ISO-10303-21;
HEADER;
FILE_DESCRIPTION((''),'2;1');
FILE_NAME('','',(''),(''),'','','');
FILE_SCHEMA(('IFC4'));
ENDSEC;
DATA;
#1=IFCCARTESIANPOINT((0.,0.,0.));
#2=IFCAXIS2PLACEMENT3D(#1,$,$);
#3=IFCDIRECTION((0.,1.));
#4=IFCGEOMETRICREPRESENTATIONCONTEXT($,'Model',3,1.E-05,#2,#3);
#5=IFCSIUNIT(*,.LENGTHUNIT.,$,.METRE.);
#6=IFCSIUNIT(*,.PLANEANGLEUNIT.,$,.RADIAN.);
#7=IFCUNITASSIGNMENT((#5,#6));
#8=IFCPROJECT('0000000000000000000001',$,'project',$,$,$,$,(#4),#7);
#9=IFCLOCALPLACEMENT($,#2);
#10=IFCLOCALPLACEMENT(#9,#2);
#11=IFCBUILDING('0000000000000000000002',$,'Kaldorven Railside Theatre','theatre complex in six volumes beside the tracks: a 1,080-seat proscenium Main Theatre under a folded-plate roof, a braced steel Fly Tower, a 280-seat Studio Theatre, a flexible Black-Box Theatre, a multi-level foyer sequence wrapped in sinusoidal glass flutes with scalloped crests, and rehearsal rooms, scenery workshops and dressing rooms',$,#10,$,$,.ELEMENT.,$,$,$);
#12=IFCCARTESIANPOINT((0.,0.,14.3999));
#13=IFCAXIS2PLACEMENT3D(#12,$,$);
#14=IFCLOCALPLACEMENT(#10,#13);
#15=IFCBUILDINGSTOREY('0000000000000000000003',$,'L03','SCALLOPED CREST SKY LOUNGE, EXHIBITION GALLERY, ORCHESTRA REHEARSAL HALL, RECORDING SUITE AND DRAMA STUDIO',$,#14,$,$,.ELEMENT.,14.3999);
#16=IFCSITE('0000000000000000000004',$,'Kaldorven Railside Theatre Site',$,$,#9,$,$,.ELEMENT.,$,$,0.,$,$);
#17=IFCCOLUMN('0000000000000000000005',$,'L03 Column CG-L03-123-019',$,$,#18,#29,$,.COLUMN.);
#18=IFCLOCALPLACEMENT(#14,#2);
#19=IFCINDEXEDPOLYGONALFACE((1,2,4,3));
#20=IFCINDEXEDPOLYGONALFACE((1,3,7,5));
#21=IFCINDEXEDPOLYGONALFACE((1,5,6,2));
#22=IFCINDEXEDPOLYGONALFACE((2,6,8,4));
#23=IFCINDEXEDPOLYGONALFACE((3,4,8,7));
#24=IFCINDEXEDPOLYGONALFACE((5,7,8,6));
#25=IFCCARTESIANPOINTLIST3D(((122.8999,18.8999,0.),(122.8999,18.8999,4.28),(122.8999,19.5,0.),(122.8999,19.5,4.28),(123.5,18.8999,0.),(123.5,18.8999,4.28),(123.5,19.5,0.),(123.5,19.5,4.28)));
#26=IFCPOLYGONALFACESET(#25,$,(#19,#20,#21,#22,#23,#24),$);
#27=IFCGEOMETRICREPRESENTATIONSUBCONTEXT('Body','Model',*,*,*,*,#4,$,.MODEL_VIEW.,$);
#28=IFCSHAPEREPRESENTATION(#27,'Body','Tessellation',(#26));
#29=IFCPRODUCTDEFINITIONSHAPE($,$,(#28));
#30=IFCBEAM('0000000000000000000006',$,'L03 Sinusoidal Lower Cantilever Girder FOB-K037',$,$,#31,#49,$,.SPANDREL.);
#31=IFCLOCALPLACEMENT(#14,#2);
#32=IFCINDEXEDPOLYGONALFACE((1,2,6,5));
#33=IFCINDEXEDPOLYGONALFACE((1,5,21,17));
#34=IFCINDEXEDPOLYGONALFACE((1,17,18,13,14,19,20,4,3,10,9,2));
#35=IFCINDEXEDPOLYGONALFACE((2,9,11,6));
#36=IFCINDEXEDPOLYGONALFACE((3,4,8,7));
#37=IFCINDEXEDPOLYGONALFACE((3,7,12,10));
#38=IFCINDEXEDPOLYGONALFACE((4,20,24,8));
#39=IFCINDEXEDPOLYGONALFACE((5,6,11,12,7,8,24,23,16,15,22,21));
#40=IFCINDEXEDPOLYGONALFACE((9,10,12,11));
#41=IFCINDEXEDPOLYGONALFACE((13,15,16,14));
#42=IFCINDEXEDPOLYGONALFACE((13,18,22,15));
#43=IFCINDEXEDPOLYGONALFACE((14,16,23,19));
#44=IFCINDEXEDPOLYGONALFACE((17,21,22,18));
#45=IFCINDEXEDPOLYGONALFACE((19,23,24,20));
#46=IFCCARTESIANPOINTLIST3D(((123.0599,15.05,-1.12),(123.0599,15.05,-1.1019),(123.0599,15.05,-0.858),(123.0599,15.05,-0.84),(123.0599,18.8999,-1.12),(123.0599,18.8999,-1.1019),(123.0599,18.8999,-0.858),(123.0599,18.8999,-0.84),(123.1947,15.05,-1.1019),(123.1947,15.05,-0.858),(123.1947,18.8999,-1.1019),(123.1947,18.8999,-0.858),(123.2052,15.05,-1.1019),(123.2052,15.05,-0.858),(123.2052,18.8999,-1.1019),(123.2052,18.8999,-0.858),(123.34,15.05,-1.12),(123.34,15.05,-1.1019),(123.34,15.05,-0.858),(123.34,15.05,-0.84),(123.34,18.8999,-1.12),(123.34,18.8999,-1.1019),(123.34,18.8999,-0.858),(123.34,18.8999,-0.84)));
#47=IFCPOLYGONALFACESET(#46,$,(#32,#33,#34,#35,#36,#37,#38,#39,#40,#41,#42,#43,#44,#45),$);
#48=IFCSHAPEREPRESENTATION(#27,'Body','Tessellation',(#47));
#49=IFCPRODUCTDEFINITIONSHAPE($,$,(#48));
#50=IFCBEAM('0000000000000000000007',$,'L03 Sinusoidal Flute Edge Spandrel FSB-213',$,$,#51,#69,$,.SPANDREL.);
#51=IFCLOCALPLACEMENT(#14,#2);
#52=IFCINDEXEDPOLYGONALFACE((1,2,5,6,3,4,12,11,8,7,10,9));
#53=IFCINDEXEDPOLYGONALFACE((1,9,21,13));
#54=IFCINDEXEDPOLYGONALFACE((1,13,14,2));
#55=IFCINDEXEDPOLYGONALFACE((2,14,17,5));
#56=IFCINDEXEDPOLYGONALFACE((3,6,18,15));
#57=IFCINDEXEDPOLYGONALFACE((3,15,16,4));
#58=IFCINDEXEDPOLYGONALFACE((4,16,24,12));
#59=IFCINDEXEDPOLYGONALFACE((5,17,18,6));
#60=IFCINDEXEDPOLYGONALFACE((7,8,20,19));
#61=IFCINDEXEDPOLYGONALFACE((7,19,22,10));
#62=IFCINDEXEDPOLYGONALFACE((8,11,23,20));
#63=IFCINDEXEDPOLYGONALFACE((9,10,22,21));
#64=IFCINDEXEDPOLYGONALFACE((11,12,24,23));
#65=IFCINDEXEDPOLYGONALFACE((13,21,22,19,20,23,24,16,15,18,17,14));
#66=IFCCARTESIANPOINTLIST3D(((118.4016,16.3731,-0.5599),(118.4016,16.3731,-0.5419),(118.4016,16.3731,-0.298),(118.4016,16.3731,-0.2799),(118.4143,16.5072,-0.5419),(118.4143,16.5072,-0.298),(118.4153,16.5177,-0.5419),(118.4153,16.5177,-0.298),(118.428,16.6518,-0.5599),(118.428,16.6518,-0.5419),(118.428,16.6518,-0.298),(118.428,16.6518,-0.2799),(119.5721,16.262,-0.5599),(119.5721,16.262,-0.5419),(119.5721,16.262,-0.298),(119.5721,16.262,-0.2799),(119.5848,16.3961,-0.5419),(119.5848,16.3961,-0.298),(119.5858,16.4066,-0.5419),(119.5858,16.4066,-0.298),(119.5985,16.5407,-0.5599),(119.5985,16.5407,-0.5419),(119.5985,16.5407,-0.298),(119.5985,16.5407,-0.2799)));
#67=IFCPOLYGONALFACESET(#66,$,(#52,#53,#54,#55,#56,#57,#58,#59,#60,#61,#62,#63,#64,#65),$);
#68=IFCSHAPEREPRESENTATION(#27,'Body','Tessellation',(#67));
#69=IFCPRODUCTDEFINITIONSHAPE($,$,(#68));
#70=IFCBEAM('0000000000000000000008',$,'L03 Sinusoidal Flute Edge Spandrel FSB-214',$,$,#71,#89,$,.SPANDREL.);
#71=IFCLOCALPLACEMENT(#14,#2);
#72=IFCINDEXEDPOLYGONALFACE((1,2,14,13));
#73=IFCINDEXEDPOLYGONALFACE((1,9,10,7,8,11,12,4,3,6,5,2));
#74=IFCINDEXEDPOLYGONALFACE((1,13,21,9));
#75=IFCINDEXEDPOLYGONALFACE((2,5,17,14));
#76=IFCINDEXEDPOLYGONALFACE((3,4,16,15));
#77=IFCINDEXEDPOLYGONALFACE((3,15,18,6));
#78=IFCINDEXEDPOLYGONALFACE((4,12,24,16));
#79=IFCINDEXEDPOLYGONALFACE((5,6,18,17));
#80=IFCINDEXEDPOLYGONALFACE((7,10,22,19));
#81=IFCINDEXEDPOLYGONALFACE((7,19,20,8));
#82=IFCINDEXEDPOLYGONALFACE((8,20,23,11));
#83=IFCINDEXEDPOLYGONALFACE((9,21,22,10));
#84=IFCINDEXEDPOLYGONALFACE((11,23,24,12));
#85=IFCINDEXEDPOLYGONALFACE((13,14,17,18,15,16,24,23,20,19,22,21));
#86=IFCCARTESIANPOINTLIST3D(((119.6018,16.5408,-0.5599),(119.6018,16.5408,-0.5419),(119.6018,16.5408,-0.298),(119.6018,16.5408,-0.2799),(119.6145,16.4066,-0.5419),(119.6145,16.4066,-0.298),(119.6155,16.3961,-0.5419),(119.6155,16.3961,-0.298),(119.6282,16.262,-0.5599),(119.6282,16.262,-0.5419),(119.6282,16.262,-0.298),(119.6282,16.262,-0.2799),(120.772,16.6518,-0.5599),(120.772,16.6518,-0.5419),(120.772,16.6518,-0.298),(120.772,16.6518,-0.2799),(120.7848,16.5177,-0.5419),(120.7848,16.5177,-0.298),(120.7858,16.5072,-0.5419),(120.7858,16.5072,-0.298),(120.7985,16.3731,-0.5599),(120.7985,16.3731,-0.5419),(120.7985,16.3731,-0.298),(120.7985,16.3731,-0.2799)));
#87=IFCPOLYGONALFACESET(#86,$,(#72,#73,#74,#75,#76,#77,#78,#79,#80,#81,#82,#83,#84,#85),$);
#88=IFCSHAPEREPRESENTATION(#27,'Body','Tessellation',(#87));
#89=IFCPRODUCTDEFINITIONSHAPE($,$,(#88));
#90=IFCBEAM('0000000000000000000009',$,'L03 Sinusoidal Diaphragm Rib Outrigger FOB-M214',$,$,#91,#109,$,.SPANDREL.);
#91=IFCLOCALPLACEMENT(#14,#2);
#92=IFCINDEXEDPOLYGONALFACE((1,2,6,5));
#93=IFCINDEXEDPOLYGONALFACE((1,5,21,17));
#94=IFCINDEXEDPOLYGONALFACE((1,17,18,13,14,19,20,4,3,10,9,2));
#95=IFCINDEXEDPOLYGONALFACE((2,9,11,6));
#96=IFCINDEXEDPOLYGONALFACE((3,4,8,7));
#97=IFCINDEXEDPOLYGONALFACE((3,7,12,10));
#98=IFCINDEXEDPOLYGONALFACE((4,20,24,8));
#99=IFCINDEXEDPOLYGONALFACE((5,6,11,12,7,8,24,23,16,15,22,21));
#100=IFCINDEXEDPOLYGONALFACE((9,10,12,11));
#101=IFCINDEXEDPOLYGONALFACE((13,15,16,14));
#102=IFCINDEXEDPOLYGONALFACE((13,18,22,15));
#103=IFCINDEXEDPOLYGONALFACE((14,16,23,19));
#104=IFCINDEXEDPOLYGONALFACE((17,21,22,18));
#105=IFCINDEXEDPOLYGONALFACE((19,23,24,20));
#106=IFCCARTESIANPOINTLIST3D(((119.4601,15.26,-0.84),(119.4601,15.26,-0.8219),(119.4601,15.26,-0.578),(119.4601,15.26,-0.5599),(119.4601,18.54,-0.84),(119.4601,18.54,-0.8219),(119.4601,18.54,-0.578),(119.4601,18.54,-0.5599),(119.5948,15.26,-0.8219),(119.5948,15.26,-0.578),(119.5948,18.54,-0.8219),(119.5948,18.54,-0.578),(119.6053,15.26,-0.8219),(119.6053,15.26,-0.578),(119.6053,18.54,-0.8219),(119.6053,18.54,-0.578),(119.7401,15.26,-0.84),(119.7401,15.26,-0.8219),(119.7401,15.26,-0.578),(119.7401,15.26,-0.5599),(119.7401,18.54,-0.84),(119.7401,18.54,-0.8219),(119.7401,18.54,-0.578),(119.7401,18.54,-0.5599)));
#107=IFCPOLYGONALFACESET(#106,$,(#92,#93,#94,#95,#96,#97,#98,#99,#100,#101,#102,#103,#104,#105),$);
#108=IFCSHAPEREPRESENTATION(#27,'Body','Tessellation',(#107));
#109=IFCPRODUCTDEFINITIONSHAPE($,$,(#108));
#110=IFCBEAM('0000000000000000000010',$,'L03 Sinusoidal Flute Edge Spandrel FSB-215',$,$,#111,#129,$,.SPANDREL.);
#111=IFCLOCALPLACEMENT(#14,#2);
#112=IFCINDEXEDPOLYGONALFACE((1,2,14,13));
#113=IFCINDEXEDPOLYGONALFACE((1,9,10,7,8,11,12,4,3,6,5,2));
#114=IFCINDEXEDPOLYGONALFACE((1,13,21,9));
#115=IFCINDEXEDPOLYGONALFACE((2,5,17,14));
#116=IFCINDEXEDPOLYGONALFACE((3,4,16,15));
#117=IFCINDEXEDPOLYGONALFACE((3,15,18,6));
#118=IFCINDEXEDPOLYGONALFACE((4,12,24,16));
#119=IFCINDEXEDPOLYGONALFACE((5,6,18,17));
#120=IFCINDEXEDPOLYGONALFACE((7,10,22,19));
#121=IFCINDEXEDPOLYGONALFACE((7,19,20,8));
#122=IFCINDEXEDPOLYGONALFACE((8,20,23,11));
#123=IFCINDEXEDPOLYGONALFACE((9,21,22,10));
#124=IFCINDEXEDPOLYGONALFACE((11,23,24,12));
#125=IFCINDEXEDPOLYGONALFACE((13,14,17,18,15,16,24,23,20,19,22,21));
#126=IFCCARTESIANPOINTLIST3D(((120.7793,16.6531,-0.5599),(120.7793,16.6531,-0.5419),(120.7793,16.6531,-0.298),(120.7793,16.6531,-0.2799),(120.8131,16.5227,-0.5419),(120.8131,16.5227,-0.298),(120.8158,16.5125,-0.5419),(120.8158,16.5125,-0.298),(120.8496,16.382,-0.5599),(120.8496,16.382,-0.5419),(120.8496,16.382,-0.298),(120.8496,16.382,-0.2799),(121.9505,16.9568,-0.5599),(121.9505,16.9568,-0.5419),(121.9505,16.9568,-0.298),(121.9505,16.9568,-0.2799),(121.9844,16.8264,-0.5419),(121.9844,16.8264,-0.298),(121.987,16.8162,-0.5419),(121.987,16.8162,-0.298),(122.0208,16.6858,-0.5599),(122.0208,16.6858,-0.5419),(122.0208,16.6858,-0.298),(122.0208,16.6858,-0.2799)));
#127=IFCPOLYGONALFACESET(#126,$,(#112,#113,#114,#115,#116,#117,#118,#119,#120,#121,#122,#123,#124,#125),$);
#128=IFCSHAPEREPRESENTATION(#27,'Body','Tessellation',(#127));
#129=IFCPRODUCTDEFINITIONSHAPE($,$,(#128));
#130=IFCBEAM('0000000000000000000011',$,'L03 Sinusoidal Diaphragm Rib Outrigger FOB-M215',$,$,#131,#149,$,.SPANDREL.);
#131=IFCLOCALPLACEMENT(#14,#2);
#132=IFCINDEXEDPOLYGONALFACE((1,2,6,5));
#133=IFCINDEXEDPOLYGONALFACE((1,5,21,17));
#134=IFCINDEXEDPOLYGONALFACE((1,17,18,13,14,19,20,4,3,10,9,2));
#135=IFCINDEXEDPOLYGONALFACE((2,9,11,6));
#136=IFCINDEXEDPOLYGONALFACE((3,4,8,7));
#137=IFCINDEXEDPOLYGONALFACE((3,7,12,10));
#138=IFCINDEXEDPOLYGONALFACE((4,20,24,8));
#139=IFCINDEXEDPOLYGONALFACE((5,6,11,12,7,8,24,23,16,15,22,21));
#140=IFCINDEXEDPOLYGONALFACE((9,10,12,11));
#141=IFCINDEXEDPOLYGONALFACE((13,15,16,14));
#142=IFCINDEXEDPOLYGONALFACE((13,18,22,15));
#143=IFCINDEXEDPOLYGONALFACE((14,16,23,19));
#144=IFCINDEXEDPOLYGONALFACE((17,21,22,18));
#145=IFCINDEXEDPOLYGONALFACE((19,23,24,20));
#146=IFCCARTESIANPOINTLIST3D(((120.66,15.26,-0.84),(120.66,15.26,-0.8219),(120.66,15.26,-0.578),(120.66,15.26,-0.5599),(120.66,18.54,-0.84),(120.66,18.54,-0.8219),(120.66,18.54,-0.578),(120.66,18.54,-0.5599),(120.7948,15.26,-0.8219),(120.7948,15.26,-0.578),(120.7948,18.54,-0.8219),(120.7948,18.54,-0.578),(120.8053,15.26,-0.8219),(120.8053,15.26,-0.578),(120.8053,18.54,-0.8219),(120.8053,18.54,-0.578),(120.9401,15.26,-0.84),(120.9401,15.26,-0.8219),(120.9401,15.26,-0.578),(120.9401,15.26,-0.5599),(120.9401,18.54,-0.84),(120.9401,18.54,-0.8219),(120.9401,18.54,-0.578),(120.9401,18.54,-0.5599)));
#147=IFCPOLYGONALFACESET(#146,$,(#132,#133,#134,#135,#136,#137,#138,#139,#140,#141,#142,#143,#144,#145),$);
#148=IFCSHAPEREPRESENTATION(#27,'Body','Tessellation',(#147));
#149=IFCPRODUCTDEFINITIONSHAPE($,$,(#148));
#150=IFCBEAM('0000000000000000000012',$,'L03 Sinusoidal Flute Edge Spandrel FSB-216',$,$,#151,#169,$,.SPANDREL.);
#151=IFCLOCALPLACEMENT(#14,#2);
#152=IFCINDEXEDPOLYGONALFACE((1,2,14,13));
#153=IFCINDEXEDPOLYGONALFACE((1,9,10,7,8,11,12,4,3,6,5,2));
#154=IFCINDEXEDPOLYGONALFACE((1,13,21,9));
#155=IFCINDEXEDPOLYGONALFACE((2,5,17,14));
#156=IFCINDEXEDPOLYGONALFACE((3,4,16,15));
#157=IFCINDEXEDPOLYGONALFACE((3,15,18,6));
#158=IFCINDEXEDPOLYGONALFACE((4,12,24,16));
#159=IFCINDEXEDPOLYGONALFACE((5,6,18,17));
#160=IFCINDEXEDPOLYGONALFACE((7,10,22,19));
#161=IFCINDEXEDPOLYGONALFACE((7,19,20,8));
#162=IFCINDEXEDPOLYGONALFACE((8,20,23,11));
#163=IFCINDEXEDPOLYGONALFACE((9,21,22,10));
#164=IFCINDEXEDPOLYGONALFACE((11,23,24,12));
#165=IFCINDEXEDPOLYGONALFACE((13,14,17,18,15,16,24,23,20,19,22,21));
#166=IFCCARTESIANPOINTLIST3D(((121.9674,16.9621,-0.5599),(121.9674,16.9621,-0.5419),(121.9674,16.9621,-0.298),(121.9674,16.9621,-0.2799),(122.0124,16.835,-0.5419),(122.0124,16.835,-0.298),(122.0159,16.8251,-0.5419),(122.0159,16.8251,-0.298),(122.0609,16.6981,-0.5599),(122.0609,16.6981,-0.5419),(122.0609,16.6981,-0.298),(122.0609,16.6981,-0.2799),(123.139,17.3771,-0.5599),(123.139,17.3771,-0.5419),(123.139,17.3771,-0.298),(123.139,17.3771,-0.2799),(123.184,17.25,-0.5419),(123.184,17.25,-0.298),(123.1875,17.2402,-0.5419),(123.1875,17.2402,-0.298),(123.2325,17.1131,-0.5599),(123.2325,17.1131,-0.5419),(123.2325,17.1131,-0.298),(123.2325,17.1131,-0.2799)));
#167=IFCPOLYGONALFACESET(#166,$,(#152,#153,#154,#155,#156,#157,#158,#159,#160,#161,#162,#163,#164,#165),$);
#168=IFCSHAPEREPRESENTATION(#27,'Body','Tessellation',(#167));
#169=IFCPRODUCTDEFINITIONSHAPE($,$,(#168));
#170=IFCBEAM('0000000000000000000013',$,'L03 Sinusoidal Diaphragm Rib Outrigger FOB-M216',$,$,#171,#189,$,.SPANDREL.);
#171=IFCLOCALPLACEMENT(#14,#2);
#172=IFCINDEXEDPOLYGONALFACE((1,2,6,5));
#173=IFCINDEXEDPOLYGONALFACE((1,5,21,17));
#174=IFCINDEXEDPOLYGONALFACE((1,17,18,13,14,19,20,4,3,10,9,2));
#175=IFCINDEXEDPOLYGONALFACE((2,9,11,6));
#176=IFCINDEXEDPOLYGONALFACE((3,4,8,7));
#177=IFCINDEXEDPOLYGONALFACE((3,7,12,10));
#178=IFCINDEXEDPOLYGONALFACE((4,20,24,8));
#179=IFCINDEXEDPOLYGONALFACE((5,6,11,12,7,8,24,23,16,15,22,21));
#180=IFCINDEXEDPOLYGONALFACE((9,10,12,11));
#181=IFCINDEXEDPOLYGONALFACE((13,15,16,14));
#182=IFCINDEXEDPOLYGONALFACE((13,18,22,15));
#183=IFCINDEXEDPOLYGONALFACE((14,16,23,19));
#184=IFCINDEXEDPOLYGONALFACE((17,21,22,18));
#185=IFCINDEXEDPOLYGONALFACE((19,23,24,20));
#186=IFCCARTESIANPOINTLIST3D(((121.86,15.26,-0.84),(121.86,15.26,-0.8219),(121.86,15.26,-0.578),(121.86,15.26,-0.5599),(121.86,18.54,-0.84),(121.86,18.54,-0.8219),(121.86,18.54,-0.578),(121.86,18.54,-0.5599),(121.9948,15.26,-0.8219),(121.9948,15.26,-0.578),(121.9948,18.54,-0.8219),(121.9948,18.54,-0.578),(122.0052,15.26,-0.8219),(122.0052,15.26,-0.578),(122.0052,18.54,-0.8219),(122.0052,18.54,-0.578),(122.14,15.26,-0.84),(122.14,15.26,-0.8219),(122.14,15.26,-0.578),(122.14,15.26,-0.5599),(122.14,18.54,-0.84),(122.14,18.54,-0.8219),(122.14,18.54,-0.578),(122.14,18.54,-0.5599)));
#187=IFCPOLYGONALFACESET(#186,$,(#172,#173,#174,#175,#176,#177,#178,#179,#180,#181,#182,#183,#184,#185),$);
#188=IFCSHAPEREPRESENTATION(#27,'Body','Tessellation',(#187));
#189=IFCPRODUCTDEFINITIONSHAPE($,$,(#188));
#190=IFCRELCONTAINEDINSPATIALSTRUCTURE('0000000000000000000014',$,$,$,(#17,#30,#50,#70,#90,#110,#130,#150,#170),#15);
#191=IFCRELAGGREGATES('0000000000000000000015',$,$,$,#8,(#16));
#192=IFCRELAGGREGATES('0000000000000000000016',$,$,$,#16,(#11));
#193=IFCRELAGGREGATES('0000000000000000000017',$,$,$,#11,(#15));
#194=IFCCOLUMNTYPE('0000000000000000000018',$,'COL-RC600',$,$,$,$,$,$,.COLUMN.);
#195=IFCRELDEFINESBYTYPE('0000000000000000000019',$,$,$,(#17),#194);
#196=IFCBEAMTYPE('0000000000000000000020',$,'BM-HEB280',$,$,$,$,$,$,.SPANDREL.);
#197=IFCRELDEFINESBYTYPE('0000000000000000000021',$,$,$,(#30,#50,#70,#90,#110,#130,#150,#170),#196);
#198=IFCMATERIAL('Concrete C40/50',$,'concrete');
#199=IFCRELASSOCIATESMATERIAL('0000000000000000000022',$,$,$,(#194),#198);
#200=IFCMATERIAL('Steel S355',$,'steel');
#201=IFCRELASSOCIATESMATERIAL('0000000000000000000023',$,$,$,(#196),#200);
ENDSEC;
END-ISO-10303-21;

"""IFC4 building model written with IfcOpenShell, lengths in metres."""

from ifc_helpers import new_model, si_unit, direction, frame, origin, origin_2d, place, context, subcontext, project, spatial, rectangle, i_section, extrude, material, material_profile, profile_set, type_object, element, save


model = new_model("IFC4")

# Units and contexts
model_context = context("Model", 3, precision=1e-05, world=origin(), true_north=direction((0.0, 1.0)))
body_context = subcontext(model_context, "Body", "Model", "MODEL_VIEW")
ifc_project = project(units=[si_unit("LENGTHUNIT", "METRE"), si_unit("PLANEANGLEUNIT", "RADIAN")], contexts=[model_context])

# Site, building, storey
site_placement = place(None, origin())
site = spatial("IfcSite", under=ifc_project, at=site_placement, Name="Kaldorven Railside Theatre Site", CompositionType="ELEMENT", RefElevation=0.0)
building_placement = place(site_placement, origin())
building = spatial("IfcBuilding", under=site, at=building_placement, Name="Kaldorven Railside Theatre", Description="theatre complex in six volumes beside the tracks: a 1,080-seat proscenium Main Theatre under a folded-plate roof, a braced steel Fly Tower, a 280-seat Studio Theatre, a flexible Black-Box Theatre, a multi-level foyer sequence wrapped in sinusoidal glass flutes with scalloped crests, and rehearsal rooms, scenery workshops and dressing rooms", CompositionType="ELEMENT")
storey_placement = place(building_placement, frame((0.0, 0.0, 14.3999)))
storey = spatial("IfcBuildingStorey", under=building, at=storey_placement, Name="L03", Description="SCALLOPED CREST SKY LOUNGE, EXHIBITION GALLERY, ORCHESTRA REHEARSAL HALL, RECORDING SUITE AND DRAMA STUDIO", CompositionType="ELEMENT", Elevation=14.3999)

# Column
ifc_material_1 = material(Name="Concrete C40/50", Category="concrete")
ifc_material_profile_1 = material_profile(ifc_material_1, rectangle(XDim=0.6001, YDim=0.6001, at=origin_2d()), Name="RC 600x600")
ifc_profile_set_1 = profile_set([ifc_material_profile_1], Name="Concrete C40/50")
column_type = type_object("IfcColumnType", Name="COL-RC600", PredefinedType="COLUMN", material=ifc_profile_set_1)
column_placement = place(storey_placement, frame((123.2, 19.2, 0.0), z_axis=(0.0, 0.0, 1.0), x_axis=(1.0, 0.0, 0.0)))
element("IfcColumn", 1, at=column_placement, inside=storey, type_object=column_type, Name="L03 Column CG-L03-123-019", PredefinedType="COLUMN", context=body_context, shape_type="SweptSolid", body=[
    extrude(rectangle(XDim=0.6001, YDim=0.6001, at=origin_2d()), origin(), (0.0, 0.0, 1.0), 4.28),
])

# Beams
ifc_material_2 = material(Name="Steel S355", Category="steel")
ifc_material_profile_2 = material_profile(ifc_material_2, i_section(OverallWidth=0.28, OverallDepth=0.28, WebThickness=0.0105, FlangeThickness=0.0181, at=origin_2d()), Name="HEB 280")
ifc_profile_set_2 = profile_set([ifc_material_profile_2], Name="Steel S355")
beam_type_1 = type_object("IfcBeamType", Name="BM-HEB280", PredefinedType="SPANDREL", material=ifc_profile_set_2)
beam_1_placement = place(storey_placement, frame((123.2, 15.05, -0.98), z_axis=(0.0, 1.0, 0.0), x_axis=(-1.0, 0.0, 0.0)))
element("IfcBeam", 2, at=beam_1_placement, inside=storey, type_object=beam_type_1, Name="L03 Sinusoidal Lower Cantilever Girder FOB-K037", PredefinedType="SPANDREL", context=body_context, shape_type="SweptSolid", body=[
    extrude(i_section(OverallWidth=0.28, OverallDepth=0.28, WebThickness=0.0105, FlangeThickness=0.0181, at=origin_2d()), origin(), (0.0, 0.0, 1.0), 3.8499),
])
beam_2_placement = place(storey_placement, frame((118.4148, 16.5125, -0.4199), z_axis=(0.995526, -0.094486, 0.0), x_axis=(0.094486, 0.995526, 0.0)))
element("IfcBeam", 3, at=beam_2_placement, inside=storey, type_object=beam_type_1, Name="L03 Sinusoidal Flute Edge Spandrel FSB-213", PredefinedType="SPANDREL", context=body_context, shape_type="SweptSolid", body=[
    extrude(i_section(OverallWidth=0.28, OverallDepth=0.28, WebThickness=0.0105, FlangeThickness=0.0181, at=origin_2d()), origin(), (0.0, 0.0, 1.0), 1.1758),
])
beam_3_placement = place(storey_placement, frame((119.615, 16.4014, -0.4199), z_axis=(0.995524, 0.094505, 0.0), x_axis=(-0.094505, 0.995524, 0.0)))
element("IfcBeam", 4, at=beam_3_placement, inside=storey, type_object=beam_type_1, Name="L03 Sinusoidal Flute Edge Spandrel FSB-214", PredefinedType="SPANDREL", context=body_context, shape_type="SweptSolid", body=[
    extrude(i_section(OverallWidth=0.28, OverallDepth=0.28, WebThickness=0.0105, FlangeThickness=0.0181, at=origin_2d()), origin(), (0.0, 0.0, 1.0), 1.1755),
])
beam_4_placement = place(storey_placement, frame((119.6001, 15.26, -0.7), z_axis=(0.0, 1.0, 0.0), x_axis=(-1.0, 0.0, 0.0)))
element("IfcBeam", 5, at=beam_4_placement, inside=storey, type_object=beam_type_1, Name="L03 Sinusoidal Diaphragm Rib Outrigger FOB-M214", PredefinedType="SPANDREL", context=body_context, shape_type="SweptSolid", body=[
    extrude(i_section(OverallWidth=0.28, OverallDepth=0.28, WebThickness=0.0105, FlangeThickness=0.0181, at=origin_2d()), origin(), (0.0, 0.0, 1.0), 3.28),
])
beam_5_placement = place(storey_placement, frame((120.8145, 16.5176, -0.4199), z_axis=(0.967981, 0.251025, 0.0), x_axis=(-0.251025, 0.967981, 0.0)))
element("IfcBeam", 6, at=beam_5_placement, inside=storey, type_object=beam_type_1, Name="L03 Sinusoidal Flute Edge Spandrel FSB-215", PredefinedType="SPANDREL", context=body_context, shape_type="SweptSolid", body=[
    extrude(i_section(OverallWidth=0.28, OverallDepth=0.28, WebThickness=0.0105, FlangeThickness=0.0181, at=origin_2d()), origin(), (0.0, 0.0, 1.0), 1.21),
])
beam_6_placement = place(storey_placement, frame((120.8, 15.26, -0.7), z_axis=(0.0, 1.0, 0.0), x_axis=(-1.0, 0.0, 0.0)))
element("IfcBeam", 7, at=beam_6_placement, inside=storey, type_object=beam_type_1, Name="L03 Sinusoidal Diaphragm Rib Outrigger FOB-M215", PredefinedType="SPANDREL", context=body_context, shape_type="SweptSolid", body=[
    extrude(i_section(OverallWidth=0.28, OverallDepth=0.28, WebThickness=0.0105, FlangeThickness=0.0181, at=origin_2d()), origin(), (0.0, 0.0, 1.0), 3.28),
])
beam_7_placement = place(storey_placement, frame((122.0142, 16.8301, -0.4199), z_axis=(0.942605, 0.333909, 0.0), x_axis=(-0.333909, 0.942605, 0.0)))
element("IfcBeam", 8, at=beam_7_placement, inside=storey, type_object=beam_type_1, Name="L03 Sinusoidal Flute Edge Spandrel FSB-216", PredefinedType="SPANDREL", context=body_context, shape_type="SweptSolid", body=[
    extrude(i_section(OverallWidth=0.28, OverallDepth=0.28, WebThickness=0.0105, FlangeThickness=0.0181, at=origin_2d()), origin(), (0.0, 0.0, 1.0), 1.2429),
])
beam_8_placement = place(storey_placement, frame((122.0, 15.26, -0.7), z_axis=(0.0, 1.0, 0.0), x_axis=(-1.0, 0.0, 0.0)))
element("IfcBeam", 9, at=beam_8_placement, inside=storey, type_object=beam_type_1, Name="L03 Sinusoidal Diaphragm Rib Outrigger FOB-M216", PredefinedType="SPANDREL", context=body_context, shape_type="SweptSolid", body=[
    extrude(i_section(OverallWidth=0.28, OverallDepth=0.28, WebThickness=0.0105, FlangeThickness=0.0181, at=origin_2d()), origin(), (0.0, 0.0, 1.0), 3.28),
])

save(model, "model.ifc")
